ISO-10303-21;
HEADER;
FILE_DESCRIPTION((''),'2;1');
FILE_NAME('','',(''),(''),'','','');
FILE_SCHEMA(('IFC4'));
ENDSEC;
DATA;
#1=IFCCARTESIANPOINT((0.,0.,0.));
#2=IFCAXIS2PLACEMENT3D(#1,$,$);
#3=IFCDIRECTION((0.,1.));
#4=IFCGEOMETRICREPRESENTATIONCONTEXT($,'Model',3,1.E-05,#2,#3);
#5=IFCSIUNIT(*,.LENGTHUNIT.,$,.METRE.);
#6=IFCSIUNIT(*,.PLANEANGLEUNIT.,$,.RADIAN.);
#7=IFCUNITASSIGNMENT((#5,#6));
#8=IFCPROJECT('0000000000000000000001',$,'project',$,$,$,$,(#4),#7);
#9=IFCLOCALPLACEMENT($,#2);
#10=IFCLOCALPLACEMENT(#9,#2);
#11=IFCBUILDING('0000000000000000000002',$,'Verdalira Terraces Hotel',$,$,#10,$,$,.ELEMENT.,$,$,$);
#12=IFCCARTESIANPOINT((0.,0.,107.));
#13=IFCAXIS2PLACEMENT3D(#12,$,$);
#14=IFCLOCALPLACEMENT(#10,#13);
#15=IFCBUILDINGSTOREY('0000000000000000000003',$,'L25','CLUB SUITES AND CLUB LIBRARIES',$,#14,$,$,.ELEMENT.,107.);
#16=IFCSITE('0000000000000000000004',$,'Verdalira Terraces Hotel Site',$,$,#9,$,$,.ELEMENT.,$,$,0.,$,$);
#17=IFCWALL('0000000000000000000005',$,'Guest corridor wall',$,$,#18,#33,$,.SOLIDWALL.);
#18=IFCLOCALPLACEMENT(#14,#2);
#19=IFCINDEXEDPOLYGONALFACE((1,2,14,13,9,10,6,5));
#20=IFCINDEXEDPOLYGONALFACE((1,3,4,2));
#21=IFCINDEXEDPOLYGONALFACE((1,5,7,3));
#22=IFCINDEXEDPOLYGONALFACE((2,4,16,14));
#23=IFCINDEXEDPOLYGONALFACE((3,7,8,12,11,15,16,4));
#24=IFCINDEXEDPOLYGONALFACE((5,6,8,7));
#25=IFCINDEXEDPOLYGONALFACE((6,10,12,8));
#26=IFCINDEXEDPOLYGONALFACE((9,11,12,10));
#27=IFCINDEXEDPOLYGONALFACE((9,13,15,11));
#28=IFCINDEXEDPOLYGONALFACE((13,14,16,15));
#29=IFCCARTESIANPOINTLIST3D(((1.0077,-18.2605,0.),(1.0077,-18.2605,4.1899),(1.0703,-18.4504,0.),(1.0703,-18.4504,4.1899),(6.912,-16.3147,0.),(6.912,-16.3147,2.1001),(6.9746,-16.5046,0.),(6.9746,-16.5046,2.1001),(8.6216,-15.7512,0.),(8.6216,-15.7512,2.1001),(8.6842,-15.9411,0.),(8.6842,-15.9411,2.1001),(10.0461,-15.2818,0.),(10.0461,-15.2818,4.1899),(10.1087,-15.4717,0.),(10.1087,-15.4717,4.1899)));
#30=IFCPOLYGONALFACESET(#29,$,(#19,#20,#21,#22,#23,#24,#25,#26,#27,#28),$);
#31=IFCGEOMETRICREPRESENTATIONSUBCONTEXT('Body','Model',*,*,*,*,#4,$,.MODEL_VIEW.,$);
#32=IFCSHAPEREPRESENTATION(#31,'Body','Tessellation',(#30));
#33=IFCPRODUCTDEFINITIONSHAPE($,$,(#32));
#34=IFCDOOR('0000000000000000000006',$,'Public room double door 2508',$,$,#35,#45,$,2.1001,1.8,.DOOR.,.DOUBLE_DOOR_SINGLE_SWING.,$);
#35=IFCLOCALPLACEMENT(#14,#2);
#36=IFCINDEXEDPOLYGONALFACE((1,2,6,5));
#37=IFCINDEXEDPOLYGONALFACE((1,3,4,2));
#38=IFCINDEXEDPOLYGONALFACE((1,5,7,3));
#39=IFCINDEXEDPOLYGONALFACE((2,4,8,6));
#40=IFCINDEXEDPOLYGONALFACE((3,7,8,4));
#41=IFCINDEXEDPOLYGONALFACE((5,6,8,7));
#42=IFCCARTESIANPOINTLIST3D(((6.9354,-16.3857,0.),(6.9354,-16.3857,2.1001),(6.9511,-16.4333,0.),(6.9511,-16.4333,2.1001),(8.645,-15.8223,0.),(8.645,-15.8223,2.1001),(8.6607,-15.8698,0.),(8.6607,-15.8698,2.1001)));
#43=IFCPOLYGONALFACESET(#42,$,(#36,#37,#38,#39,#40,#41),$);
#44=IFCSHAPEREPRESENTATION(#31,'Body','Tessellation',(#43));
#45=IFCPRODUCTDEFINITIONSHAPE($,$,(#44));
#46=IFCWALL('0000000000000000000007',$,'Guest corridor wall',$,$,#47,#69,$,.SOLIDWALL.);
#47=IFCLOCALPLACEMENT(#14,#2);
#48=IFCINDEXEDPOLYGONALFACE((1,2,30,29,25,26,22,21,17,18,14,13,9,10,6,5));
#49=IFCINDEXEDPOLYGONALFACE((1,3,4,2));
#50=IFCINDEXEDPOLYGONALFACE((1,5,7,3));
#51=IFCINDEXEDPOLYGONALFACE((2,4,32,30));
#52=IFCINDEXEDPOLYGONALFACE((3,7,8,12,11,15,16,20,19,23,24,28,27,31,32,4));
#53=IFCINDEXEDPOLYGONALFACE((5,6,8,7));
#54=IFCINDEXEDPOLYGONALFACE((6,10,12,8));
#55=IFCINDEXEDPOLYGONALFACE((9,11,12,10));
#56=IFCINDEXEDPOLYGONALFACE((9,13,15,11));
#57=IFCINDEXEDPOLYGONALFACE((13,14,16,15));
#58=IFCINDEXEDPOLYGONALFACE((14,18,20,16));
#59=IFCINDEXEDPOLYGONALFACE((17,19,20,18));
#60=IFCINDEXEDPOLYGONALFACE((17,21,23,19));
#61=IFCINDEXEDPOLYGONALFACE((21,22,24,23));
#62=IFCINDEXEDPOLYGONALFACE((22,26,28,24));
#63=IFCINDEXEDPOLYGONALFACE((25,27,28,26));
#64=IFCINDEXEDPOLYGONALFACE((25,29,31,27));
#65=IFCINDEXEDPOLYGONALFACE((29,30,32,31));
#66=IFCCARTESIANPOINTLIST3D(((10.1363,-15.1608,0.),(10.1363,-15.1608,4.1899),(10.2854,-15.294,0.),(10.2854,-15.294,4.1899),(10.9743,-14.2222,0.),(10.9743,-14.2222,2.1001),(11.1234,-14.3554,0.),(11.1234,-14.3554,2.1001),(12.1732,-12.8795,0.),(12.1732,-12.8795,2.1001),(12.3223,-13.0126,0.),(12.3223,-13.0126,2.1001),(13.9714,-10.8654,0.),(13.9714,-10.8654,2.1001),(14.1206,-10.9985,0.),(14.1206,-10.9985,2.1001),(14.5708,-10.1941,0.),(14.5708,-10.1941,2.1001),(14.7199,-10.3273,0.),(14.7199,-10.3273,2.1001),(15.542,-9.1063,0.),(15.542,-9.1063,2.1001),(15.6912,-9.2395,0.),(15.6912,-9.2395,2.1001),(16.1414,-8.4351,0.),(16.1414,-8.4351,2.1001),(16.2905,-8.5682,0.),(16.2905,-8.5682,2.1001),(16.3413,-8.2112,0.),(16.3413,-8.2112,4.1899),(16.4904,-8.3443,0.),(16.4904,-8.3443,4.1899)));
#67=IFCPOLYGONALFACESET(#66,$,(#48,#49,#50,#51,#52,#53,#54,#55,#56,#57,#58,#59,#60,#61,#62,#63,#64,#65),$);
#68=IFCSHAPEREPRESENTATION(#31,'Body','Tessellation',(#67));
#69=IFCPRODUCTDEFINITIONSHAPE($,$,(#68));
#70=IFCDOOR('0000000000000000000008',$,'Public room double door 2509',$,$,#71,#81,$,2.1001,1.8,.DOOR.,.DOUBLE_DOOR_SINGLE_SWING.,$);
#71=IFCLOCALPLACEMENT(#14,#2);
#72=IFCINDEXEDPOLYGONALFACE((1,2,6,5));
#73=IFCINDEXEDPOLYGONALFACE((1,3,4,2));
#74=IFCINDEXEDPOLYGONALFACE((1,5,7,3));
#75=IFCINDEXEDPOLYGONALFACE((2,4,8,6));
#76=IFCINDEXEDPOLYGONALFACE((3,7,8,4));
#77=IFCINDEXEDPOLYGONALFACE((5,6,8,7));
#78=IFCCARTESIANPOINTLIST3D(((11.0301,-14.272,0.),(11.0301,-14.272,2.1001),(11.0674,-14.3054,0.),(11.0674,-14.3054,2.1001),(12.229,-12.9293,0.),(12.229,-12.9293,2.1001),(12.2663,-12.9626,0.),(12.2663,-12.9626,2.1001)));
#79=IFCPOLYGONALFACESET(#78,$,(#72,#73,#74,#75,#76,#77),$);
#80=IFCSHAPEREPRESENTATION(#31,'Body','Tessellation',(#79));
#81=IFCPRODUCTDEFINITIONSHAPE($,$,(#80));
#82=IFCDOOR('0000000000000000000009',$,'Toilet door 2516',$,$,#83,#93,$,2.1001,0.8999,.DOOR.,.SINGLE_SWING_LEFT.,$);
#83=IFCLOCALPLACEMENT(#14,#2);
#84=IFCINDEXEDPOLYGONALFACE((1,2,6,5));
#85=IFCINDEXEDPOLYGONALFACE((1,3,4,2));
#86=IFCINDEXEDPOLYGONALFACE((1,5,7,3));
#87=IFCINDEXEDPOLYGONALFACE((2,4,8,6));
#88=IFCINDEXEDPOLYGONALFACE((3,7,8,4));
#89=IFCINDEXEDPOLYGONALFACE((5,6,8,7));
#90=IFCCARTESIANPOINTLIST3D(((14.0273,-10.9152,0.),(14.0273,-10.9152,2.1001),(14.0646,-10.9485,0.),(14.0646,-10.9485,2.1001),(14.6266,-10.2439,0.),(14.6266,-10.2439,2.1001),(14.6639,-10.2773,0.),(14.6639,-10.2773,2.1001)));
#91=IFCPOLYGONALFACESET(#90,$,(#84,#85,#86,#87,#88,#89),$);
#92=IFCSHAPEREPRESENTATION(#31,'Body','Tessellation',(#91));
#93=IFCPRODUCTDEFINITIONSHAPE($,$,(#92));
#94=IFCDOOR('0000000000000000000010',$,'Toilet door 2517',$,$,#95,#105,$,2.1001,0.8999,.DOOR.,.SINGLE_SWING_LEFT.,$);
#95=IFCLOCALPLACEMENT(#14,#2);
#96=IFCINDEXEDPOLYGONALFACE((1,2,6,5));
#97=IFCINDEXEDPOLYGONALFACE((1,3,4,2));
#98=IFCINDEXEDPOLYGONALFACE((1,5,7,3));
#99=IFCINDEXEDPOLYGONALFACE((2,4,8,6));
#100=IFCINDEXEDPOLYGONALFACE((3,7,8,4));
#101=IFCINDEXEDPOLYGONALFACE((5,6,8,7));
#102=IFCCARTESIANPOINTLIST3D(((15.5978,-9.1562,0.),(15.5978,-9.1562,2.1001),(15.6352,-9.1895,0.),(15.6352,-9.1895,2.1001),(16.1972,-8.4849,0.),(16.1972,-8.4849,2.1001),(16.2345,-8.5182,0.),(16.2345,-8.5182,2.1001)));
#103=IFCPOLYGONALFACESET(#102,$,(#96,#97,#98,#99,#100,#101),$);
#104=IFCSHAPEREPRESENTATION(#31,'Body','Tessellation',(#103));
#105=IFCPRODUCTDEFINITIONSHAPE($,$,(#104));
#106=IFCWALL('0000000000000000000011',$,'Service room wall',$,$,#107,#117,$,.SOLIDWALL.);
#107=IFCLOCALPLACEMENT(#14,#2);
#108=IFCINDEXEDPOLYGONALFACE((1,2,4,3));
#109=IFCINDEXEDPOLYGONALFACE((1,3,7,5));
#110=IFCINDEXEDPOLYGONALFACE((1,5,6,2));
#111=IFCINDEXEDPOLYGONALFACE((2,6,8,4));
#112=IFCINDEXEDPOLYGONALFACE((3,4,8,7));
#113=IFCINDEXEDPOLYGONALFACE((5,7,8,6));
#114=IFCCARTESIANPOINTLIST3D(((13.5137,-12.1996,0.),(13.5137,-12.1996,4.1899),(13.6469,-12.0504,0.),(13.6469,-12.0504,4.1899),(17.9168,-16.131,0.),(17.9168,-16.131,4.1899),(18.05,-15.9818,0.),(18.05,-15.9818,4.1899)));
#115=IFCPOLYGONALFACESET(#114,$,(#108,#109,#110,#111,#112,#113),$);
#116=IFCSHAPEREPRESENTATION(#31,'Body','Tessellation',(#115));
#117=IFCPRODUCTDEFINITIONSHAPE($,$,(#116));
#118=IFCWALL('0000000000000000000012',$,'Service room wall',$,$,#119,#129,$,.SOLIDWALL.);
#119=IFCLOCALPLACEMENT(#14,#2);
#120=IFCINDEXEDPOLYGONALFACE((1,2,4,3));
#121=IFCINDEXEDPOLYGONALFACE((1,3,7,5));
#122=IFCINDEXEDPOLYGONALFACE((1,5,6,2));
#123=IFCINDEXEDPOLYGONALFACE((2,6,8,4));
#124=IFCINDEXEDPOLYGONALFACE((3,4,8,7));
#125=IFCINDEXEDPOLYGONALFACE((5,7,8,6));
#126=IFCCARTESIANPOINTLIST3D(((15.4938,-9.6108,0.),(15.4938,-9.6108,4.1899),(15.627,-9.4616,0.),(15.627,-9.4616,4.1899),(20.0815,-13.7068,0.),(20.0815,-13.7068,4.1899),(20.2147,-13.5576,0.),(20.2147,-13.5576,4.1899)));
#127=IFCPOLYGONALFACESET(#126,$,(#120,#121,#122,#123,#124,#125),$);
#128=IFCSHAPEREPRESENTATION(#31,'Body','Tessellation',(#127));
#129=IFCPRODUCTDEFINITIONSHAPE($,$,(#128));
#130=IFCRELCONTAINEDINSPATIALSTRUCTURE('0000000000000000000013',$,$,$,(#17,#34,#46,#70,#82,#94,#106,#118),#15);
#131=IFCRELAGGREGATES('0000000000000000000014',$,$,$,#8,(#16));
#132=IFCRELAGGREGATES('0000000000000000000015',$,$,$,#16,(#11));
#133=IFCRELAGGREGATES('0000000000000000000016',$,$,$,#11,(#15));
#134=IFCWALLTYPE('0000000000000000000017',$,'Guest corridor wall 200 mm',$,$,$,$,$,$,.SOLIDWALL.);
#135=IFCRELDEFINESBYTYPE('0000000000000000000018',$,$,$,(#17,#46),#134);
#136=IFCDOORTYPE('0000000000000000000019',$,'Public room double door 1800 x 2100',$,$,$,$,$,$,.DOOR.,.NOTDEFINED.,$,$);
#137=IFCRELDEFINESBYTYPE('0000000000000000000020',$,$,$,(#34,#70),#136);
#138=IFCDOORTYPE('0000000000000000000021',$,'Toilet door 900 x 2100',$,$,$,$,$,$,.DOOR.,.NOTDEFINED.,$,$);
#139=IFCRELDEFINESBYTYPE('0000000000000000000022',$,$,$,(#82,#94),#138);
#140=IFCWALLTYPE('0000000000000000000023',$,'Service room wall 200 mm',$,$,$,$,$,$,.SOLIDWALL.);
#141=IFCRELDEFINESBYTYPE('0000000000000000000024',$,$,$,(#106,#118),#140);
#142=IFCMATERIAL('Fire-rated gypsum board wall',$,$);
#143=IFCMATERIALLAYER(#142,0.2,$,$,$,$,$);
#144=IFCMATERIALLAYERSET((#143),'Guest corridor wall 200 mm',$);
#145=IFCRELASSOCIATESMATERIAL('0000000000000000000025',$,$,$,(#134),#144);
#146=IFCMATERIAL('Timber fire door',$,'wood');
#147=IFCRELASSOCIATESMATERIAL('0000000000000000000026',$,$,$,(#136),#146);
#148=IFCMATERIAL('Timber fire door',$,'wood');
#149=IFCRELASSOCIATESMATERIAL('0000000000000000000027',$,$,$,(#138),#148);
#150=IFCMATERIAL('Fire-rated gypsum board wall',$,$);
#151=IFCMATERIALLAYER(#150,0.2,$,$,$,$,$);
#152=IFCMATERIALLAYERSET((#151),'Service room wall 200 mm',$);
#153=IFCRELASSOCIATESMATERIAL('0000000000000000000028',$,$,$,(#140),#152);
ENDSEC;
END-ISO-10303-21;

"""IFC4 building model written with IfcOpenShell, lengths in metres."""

from ifc_helpers import new_model, si_unit, direction, frame, frame_2d, origin, place, context, subcontext, project, spatial, rectangle, extrude, material, layer, layer_set, type_object, element, fill, save


model = new_model("IFC4")

# Units and contexts
model_context = context("Model", 3, precision=1e-05, world=origin(), true_north=direction((0.0, 1.0)))
body_context = subcontext(model_context, "Body", "Model", "MODEL_VIEW")
ifc_project = project(units=[si_unit("LENGTHUNIT", "METRE"), si_unit("PLANEANGLEUNIT", "RADIAN")], contexts=[model_context])

# Site, building, storey
site_placement = place(None, origin())
site = spatial("IfcSite", under=ifc_project, at=site_placement, Name="Verdalira Terraces Hotel Site", CompositionType="ELEMENT", RefElevation=0.0)
building_placement = place(site_placement, origin())
building = spatial("IfcBuilding", under=site, at=building_placement, Name="Verdalira Terraces Hotel", CompositionType="ELEMENT")
storey_placement = place(building_placement, frame((0.0, 0.0, 107.0)))
storey = spatial("IfcBuildingStorey", under=building, at=storey_placement, Name="L25", Description="CLUB SUITES AND CLUB LIBRARIES", CompositionType="ELEMENT", Elevation=107.0)

# Wall, opening, door
ifc_material_1 = material(Name="Fire-rated gypsum board wall")
ifc_layer_1 = layer(ifc_material_1, 0.2)
ifc_layer_set_1 = layer_set([ifc_layer_1], Name="Guest corridor wall 200 mm")
wall_type_1 = type_object("IfcWallType", Name="Guest corridor wall 200 mm", PredefinedType="SOLIDWALL", material=ifc_layer_set_1)
wall_1_placement = place(storey_placement, frame((10.0774, -15.3767, 0.0), z_axis=(0.0, 0.0, 1.0), x_axis=(-0.94975, -0.313009, 0.0)))
wall_1 = element("IfcWall", 1, at=wall_1_placement, inside=storey, type_object=wall_type_1, Name="Guest corridor wall", PredefinedType="SOLIDWALL", context=body_context, shape_type="SweptSolid", body=[
    extrude(rectangle(XDim=9.5166, YDim=0.2, at=frame_2d((4.7583, 0.0))), origin(), (0.0, 0.0, 1.0), 4.1899),
])
opening_1_placement = place(wall_1_placement, frame((1.5, 0.0, 0.0)))
opening_1 = element("IfcOpeningElement", 2, at=opening_1_placement, cuts=wall_1, PredefinedType="OPENING", context=body_context, shape_type="SweptSolid", body=[
    extrude(rectangle(XDim=1.8, YDim=2.1001, at=frame_2d((0.8999, 1.05))), frame((0.0, 0.1099, 0.0), z_axis=(0.0, -1.0, 0.0), x_axis=(1.0, 0.0, 0.0)), (0.0, 0.0, 1.0), 0.22),
])
ifc_material_2 = material(Name="Timber fire door", Category="wood")
door_type_1 = type_object("IfcDoorType", Name="Public room double door 1800 x 2100", OperationType="NOTDEFINED", PredefinedType="DOOR", material=ifc_material_2)
door_1_placement = place(opening_1_placement, origin())
door_1 = element("IfcDoor", 3, at=door_1_placement, inside=storey, type_object=door_type_1, Name="Public room double door 2508", OperationType="DOUBLE_DOOR_SINGLE_SWING", OverallHeight=2.1001, OverallWidth=1.8, PredefinedType="DOOR", context=body_context, shape_type="SweptSolid", body=[
    extrude(rectangle(XDim=1.8, YDim=2.1001, at=frame_2d((0.8999, 1.05))), frame((0.0, 0.0249, 0.0), z_axis=(0.0, -1.0, 0.0), x_axis=(1.0, 0.0, 0.0)), (0.0, 0.0, 1.0), 0.05),
])
fill(opening_1, door_1)

# Wall, openings, doors
wall_2_placement = place(storey_placement, frame((16.4158, -8.2778, 0.0), z_axis=(0.0, 0.0, 1.0), x_axis=(-0.666015, -0.745939, 0.0)))
wall_2 = element("IfcWall", 4, at=wall_2_placement, inside=storey, type_object=wall_type_1, Name="Guest corridor wall", PredefinedType="SOLIDWALL", context=body_context, shape_type="SweptSolid", body=[
    extrude(rectangle(XDim=9.3166, YDim=0.2, at=frame_2d((4.6582, 0.0))), origin(), (0.0, 0.0, 1.0), 4.1899),
])
opening_2_placement = place(wall_2_placement, frame((6.2583, 0.0, 0.0)))
opening_2 = element("IfcOpeningElement", 5, at=opening_2_placement, cuts=wall_2, PredefinedType="OPENING", context=body_context, shape_type="SweptSolid", body=[
    extrude(rectangle(XDim=1.8, YDim=2.1001, at=frame_2d((0.8999, 1.05))), frame((0.0, 0.1099, 0.0), z_axis=(0.0, -1.0, 0.0), x_axis=(1.0, 0.0, 0.0)), (0.0, 0.0, 1.0), 0.22),
])
opening_3_placement = place(wall_2_placement, frame((2.6582, 0.0, 0.0)))
opening_3 = element("IfcOpeningElement", 6, at=opening_3_placement, cuts=wall_2, PredefinedType="OPENING", context=body_context, shape_type="SweptSolid", body=[
    extrude(rectangle(XDim=0.8999, YDim=2.1001, at=frame_2d((0.45, 1.05))), frame((0.0, 0.1099, 0.0), z_axis=(0.0, -1.0, 0.0), x_axis=(1.0, 0.0, 0.0)), (0.0, 0.0, 1.0), 0.22),
])
opening_4_placement = place(wall_2_placement, frame((0.3, 0.0, 0.0)))
opening_4 = element("IfcOpeningElement", 7, at=opening_4_placement, cuts=wall_2, PredefinedType="OPENING", context=body_context, shape_type="SweptSolid", body=[
    extrude(rectangle(XDim=0.8999, YDim=2.1001, at=frame_2d((0.45, 1.05))), frame((0.0, 0.1099, 0.0), z_axis=(0.0, -1.0, 0.0), x_axis=(1.0, 0.0, 0.0)), (0.0, 0.0, 1.0), 0.22),
])
door_2_placement = place(opening_2_placement, origin())
door_2 = element("IfcDoor", 8, at=door_2_placement, inside=storey, type_object=door_type_1, Name="Public room double door 2509", OperationType="DOUBLE_DOOR_SINGLE_SWING", OverallHeight=2.1001, OverallWidth=1.8, PredefinedType="DOOR", context=body_context, shape_type="SweptSolid", body=[
    extrude(rectangle(XDim=1.8, YDim=2.1001, at=frame_2d((0.8999, 1.05))), frame((0.0, 0.0249, 0.0), z_axis=(0.0, -1.0, 0.0), x_axis=(1.0, 0.0, 0.0)), (0.0, 0.0, 1.0), 0.05),
])
fill(opening_2, door_2)
ifc_material_3 = material(Name="Timber fire door", Category="wood")
door_type_2 = type_object("IfcDoorType", Name="Toilet door 900 x 2100", OperationType="NOTDEFINED", PredefinedType="DOOR", material=ifc_material_3)
door_3_placement = place(opening_3_placement, origin())
door_3 = element("IfcDoor", 9, at=door_3_placement, inside=storey, type_object=door_type_2, Name="Toilet door 2516", OperationType="SINGLE_SWING_LEFT", OverallHeight=2.1001, OverallWidth=0.8999, PredefinedType="DOOR", context=body_context, shape_type="SweptSolid", body=[
    extrude(rectangle(XDim=0.8999, YDim=2.1001, at=frame_2d((0.45, 1.05))), frame((0.0, 0.0249, 0.0), z_axis=(0.0, -1.0, 0.0), x_axis=(1.0, 0.0, 0.0)), (0.0, 0.0, 1.0), 0.05),
])
fill(opening_3, door_3)
door_4_placement = place(opening_4_placement, origin())
door_4 = element("IfcDoor", 10, at=door_4_placement, inside=storey, type_object=door_type_2, Name="Toilet door 2517", OperationType="SINGLE_SWING_LEFT", OverallHeight=2.1001, OverallWidth=0.8999, PredefinedType="DOOR", context=body_context, shape_type="SweptSolid", body=[
    extrude(rectangle(XDim=0.8999, YDim=2.1001, at=frame_2d((0.45, 1.05))), frame((0.0, 0.0249, 0.0), z_axis=(0.0, -1.0, 0.0), x_axis=(1.0, 0.0, 0.0)), (0.0, 0.0, 1.0), 0.05),
])
fill(opening_4, door_4)

# Walls
ifc_material_4 = material(Name="Fire-rated gypsum board wall")
ifc_layer_2 = layer(ifc_material_4, 0.2)
ifc_layer_set_2 = layer_set([ifc_layer_2], Name="Service room wall 200 mm")
wall_type_2 = type_object("IfcWallType", Name="Service room wall 200 mm", PredefinedType="SOLIDWALL", material=ifc_layer_set_2)
wall_3_placement = place(storey_placement, frame((13.5803, -12.125, 0.0), z_axis=(0.0, 0.0, 1.0), x_axis=(0.745931, -0.666023, 0.0)))
element("IfcWall", 11, at=wall_3_placement, inside=storey, type_object=wall_type_2, Name="Service room wall", PredefinedType="SOLIDWALL", context=body_context, shape_type="SweptSolid", body=[
    extrude(rectangle(XDim=5.9028, YDim=0.2, at=frame_2d((2.9514, 0.0))), origin(), (0.0, 0.0, 1.0), 4.1899),
])
wall_4_placement = place(storey_placement, frame((15.5603, -9.5361, 0.0), z_axis=(0.0, 0.0, 1.0), x_axis=(0.745951, -0.666001, 0.0)))
element("IfcWall", 12, at=wall_4_placement, inside=storey, type_object=wall_type_2, Name="Service room wall", PredefinedType="SOLIDWALL", context=body_context, shape_type="SweptSolid", body=[
    extrude(rectangle(XDim=6.1501, YDim=0.2, at=frame_2d((3.0752, 0.0))), origin(), (0.0, 0.0, 1.0), 4.1899),
])

save(model, "model.ifc")
